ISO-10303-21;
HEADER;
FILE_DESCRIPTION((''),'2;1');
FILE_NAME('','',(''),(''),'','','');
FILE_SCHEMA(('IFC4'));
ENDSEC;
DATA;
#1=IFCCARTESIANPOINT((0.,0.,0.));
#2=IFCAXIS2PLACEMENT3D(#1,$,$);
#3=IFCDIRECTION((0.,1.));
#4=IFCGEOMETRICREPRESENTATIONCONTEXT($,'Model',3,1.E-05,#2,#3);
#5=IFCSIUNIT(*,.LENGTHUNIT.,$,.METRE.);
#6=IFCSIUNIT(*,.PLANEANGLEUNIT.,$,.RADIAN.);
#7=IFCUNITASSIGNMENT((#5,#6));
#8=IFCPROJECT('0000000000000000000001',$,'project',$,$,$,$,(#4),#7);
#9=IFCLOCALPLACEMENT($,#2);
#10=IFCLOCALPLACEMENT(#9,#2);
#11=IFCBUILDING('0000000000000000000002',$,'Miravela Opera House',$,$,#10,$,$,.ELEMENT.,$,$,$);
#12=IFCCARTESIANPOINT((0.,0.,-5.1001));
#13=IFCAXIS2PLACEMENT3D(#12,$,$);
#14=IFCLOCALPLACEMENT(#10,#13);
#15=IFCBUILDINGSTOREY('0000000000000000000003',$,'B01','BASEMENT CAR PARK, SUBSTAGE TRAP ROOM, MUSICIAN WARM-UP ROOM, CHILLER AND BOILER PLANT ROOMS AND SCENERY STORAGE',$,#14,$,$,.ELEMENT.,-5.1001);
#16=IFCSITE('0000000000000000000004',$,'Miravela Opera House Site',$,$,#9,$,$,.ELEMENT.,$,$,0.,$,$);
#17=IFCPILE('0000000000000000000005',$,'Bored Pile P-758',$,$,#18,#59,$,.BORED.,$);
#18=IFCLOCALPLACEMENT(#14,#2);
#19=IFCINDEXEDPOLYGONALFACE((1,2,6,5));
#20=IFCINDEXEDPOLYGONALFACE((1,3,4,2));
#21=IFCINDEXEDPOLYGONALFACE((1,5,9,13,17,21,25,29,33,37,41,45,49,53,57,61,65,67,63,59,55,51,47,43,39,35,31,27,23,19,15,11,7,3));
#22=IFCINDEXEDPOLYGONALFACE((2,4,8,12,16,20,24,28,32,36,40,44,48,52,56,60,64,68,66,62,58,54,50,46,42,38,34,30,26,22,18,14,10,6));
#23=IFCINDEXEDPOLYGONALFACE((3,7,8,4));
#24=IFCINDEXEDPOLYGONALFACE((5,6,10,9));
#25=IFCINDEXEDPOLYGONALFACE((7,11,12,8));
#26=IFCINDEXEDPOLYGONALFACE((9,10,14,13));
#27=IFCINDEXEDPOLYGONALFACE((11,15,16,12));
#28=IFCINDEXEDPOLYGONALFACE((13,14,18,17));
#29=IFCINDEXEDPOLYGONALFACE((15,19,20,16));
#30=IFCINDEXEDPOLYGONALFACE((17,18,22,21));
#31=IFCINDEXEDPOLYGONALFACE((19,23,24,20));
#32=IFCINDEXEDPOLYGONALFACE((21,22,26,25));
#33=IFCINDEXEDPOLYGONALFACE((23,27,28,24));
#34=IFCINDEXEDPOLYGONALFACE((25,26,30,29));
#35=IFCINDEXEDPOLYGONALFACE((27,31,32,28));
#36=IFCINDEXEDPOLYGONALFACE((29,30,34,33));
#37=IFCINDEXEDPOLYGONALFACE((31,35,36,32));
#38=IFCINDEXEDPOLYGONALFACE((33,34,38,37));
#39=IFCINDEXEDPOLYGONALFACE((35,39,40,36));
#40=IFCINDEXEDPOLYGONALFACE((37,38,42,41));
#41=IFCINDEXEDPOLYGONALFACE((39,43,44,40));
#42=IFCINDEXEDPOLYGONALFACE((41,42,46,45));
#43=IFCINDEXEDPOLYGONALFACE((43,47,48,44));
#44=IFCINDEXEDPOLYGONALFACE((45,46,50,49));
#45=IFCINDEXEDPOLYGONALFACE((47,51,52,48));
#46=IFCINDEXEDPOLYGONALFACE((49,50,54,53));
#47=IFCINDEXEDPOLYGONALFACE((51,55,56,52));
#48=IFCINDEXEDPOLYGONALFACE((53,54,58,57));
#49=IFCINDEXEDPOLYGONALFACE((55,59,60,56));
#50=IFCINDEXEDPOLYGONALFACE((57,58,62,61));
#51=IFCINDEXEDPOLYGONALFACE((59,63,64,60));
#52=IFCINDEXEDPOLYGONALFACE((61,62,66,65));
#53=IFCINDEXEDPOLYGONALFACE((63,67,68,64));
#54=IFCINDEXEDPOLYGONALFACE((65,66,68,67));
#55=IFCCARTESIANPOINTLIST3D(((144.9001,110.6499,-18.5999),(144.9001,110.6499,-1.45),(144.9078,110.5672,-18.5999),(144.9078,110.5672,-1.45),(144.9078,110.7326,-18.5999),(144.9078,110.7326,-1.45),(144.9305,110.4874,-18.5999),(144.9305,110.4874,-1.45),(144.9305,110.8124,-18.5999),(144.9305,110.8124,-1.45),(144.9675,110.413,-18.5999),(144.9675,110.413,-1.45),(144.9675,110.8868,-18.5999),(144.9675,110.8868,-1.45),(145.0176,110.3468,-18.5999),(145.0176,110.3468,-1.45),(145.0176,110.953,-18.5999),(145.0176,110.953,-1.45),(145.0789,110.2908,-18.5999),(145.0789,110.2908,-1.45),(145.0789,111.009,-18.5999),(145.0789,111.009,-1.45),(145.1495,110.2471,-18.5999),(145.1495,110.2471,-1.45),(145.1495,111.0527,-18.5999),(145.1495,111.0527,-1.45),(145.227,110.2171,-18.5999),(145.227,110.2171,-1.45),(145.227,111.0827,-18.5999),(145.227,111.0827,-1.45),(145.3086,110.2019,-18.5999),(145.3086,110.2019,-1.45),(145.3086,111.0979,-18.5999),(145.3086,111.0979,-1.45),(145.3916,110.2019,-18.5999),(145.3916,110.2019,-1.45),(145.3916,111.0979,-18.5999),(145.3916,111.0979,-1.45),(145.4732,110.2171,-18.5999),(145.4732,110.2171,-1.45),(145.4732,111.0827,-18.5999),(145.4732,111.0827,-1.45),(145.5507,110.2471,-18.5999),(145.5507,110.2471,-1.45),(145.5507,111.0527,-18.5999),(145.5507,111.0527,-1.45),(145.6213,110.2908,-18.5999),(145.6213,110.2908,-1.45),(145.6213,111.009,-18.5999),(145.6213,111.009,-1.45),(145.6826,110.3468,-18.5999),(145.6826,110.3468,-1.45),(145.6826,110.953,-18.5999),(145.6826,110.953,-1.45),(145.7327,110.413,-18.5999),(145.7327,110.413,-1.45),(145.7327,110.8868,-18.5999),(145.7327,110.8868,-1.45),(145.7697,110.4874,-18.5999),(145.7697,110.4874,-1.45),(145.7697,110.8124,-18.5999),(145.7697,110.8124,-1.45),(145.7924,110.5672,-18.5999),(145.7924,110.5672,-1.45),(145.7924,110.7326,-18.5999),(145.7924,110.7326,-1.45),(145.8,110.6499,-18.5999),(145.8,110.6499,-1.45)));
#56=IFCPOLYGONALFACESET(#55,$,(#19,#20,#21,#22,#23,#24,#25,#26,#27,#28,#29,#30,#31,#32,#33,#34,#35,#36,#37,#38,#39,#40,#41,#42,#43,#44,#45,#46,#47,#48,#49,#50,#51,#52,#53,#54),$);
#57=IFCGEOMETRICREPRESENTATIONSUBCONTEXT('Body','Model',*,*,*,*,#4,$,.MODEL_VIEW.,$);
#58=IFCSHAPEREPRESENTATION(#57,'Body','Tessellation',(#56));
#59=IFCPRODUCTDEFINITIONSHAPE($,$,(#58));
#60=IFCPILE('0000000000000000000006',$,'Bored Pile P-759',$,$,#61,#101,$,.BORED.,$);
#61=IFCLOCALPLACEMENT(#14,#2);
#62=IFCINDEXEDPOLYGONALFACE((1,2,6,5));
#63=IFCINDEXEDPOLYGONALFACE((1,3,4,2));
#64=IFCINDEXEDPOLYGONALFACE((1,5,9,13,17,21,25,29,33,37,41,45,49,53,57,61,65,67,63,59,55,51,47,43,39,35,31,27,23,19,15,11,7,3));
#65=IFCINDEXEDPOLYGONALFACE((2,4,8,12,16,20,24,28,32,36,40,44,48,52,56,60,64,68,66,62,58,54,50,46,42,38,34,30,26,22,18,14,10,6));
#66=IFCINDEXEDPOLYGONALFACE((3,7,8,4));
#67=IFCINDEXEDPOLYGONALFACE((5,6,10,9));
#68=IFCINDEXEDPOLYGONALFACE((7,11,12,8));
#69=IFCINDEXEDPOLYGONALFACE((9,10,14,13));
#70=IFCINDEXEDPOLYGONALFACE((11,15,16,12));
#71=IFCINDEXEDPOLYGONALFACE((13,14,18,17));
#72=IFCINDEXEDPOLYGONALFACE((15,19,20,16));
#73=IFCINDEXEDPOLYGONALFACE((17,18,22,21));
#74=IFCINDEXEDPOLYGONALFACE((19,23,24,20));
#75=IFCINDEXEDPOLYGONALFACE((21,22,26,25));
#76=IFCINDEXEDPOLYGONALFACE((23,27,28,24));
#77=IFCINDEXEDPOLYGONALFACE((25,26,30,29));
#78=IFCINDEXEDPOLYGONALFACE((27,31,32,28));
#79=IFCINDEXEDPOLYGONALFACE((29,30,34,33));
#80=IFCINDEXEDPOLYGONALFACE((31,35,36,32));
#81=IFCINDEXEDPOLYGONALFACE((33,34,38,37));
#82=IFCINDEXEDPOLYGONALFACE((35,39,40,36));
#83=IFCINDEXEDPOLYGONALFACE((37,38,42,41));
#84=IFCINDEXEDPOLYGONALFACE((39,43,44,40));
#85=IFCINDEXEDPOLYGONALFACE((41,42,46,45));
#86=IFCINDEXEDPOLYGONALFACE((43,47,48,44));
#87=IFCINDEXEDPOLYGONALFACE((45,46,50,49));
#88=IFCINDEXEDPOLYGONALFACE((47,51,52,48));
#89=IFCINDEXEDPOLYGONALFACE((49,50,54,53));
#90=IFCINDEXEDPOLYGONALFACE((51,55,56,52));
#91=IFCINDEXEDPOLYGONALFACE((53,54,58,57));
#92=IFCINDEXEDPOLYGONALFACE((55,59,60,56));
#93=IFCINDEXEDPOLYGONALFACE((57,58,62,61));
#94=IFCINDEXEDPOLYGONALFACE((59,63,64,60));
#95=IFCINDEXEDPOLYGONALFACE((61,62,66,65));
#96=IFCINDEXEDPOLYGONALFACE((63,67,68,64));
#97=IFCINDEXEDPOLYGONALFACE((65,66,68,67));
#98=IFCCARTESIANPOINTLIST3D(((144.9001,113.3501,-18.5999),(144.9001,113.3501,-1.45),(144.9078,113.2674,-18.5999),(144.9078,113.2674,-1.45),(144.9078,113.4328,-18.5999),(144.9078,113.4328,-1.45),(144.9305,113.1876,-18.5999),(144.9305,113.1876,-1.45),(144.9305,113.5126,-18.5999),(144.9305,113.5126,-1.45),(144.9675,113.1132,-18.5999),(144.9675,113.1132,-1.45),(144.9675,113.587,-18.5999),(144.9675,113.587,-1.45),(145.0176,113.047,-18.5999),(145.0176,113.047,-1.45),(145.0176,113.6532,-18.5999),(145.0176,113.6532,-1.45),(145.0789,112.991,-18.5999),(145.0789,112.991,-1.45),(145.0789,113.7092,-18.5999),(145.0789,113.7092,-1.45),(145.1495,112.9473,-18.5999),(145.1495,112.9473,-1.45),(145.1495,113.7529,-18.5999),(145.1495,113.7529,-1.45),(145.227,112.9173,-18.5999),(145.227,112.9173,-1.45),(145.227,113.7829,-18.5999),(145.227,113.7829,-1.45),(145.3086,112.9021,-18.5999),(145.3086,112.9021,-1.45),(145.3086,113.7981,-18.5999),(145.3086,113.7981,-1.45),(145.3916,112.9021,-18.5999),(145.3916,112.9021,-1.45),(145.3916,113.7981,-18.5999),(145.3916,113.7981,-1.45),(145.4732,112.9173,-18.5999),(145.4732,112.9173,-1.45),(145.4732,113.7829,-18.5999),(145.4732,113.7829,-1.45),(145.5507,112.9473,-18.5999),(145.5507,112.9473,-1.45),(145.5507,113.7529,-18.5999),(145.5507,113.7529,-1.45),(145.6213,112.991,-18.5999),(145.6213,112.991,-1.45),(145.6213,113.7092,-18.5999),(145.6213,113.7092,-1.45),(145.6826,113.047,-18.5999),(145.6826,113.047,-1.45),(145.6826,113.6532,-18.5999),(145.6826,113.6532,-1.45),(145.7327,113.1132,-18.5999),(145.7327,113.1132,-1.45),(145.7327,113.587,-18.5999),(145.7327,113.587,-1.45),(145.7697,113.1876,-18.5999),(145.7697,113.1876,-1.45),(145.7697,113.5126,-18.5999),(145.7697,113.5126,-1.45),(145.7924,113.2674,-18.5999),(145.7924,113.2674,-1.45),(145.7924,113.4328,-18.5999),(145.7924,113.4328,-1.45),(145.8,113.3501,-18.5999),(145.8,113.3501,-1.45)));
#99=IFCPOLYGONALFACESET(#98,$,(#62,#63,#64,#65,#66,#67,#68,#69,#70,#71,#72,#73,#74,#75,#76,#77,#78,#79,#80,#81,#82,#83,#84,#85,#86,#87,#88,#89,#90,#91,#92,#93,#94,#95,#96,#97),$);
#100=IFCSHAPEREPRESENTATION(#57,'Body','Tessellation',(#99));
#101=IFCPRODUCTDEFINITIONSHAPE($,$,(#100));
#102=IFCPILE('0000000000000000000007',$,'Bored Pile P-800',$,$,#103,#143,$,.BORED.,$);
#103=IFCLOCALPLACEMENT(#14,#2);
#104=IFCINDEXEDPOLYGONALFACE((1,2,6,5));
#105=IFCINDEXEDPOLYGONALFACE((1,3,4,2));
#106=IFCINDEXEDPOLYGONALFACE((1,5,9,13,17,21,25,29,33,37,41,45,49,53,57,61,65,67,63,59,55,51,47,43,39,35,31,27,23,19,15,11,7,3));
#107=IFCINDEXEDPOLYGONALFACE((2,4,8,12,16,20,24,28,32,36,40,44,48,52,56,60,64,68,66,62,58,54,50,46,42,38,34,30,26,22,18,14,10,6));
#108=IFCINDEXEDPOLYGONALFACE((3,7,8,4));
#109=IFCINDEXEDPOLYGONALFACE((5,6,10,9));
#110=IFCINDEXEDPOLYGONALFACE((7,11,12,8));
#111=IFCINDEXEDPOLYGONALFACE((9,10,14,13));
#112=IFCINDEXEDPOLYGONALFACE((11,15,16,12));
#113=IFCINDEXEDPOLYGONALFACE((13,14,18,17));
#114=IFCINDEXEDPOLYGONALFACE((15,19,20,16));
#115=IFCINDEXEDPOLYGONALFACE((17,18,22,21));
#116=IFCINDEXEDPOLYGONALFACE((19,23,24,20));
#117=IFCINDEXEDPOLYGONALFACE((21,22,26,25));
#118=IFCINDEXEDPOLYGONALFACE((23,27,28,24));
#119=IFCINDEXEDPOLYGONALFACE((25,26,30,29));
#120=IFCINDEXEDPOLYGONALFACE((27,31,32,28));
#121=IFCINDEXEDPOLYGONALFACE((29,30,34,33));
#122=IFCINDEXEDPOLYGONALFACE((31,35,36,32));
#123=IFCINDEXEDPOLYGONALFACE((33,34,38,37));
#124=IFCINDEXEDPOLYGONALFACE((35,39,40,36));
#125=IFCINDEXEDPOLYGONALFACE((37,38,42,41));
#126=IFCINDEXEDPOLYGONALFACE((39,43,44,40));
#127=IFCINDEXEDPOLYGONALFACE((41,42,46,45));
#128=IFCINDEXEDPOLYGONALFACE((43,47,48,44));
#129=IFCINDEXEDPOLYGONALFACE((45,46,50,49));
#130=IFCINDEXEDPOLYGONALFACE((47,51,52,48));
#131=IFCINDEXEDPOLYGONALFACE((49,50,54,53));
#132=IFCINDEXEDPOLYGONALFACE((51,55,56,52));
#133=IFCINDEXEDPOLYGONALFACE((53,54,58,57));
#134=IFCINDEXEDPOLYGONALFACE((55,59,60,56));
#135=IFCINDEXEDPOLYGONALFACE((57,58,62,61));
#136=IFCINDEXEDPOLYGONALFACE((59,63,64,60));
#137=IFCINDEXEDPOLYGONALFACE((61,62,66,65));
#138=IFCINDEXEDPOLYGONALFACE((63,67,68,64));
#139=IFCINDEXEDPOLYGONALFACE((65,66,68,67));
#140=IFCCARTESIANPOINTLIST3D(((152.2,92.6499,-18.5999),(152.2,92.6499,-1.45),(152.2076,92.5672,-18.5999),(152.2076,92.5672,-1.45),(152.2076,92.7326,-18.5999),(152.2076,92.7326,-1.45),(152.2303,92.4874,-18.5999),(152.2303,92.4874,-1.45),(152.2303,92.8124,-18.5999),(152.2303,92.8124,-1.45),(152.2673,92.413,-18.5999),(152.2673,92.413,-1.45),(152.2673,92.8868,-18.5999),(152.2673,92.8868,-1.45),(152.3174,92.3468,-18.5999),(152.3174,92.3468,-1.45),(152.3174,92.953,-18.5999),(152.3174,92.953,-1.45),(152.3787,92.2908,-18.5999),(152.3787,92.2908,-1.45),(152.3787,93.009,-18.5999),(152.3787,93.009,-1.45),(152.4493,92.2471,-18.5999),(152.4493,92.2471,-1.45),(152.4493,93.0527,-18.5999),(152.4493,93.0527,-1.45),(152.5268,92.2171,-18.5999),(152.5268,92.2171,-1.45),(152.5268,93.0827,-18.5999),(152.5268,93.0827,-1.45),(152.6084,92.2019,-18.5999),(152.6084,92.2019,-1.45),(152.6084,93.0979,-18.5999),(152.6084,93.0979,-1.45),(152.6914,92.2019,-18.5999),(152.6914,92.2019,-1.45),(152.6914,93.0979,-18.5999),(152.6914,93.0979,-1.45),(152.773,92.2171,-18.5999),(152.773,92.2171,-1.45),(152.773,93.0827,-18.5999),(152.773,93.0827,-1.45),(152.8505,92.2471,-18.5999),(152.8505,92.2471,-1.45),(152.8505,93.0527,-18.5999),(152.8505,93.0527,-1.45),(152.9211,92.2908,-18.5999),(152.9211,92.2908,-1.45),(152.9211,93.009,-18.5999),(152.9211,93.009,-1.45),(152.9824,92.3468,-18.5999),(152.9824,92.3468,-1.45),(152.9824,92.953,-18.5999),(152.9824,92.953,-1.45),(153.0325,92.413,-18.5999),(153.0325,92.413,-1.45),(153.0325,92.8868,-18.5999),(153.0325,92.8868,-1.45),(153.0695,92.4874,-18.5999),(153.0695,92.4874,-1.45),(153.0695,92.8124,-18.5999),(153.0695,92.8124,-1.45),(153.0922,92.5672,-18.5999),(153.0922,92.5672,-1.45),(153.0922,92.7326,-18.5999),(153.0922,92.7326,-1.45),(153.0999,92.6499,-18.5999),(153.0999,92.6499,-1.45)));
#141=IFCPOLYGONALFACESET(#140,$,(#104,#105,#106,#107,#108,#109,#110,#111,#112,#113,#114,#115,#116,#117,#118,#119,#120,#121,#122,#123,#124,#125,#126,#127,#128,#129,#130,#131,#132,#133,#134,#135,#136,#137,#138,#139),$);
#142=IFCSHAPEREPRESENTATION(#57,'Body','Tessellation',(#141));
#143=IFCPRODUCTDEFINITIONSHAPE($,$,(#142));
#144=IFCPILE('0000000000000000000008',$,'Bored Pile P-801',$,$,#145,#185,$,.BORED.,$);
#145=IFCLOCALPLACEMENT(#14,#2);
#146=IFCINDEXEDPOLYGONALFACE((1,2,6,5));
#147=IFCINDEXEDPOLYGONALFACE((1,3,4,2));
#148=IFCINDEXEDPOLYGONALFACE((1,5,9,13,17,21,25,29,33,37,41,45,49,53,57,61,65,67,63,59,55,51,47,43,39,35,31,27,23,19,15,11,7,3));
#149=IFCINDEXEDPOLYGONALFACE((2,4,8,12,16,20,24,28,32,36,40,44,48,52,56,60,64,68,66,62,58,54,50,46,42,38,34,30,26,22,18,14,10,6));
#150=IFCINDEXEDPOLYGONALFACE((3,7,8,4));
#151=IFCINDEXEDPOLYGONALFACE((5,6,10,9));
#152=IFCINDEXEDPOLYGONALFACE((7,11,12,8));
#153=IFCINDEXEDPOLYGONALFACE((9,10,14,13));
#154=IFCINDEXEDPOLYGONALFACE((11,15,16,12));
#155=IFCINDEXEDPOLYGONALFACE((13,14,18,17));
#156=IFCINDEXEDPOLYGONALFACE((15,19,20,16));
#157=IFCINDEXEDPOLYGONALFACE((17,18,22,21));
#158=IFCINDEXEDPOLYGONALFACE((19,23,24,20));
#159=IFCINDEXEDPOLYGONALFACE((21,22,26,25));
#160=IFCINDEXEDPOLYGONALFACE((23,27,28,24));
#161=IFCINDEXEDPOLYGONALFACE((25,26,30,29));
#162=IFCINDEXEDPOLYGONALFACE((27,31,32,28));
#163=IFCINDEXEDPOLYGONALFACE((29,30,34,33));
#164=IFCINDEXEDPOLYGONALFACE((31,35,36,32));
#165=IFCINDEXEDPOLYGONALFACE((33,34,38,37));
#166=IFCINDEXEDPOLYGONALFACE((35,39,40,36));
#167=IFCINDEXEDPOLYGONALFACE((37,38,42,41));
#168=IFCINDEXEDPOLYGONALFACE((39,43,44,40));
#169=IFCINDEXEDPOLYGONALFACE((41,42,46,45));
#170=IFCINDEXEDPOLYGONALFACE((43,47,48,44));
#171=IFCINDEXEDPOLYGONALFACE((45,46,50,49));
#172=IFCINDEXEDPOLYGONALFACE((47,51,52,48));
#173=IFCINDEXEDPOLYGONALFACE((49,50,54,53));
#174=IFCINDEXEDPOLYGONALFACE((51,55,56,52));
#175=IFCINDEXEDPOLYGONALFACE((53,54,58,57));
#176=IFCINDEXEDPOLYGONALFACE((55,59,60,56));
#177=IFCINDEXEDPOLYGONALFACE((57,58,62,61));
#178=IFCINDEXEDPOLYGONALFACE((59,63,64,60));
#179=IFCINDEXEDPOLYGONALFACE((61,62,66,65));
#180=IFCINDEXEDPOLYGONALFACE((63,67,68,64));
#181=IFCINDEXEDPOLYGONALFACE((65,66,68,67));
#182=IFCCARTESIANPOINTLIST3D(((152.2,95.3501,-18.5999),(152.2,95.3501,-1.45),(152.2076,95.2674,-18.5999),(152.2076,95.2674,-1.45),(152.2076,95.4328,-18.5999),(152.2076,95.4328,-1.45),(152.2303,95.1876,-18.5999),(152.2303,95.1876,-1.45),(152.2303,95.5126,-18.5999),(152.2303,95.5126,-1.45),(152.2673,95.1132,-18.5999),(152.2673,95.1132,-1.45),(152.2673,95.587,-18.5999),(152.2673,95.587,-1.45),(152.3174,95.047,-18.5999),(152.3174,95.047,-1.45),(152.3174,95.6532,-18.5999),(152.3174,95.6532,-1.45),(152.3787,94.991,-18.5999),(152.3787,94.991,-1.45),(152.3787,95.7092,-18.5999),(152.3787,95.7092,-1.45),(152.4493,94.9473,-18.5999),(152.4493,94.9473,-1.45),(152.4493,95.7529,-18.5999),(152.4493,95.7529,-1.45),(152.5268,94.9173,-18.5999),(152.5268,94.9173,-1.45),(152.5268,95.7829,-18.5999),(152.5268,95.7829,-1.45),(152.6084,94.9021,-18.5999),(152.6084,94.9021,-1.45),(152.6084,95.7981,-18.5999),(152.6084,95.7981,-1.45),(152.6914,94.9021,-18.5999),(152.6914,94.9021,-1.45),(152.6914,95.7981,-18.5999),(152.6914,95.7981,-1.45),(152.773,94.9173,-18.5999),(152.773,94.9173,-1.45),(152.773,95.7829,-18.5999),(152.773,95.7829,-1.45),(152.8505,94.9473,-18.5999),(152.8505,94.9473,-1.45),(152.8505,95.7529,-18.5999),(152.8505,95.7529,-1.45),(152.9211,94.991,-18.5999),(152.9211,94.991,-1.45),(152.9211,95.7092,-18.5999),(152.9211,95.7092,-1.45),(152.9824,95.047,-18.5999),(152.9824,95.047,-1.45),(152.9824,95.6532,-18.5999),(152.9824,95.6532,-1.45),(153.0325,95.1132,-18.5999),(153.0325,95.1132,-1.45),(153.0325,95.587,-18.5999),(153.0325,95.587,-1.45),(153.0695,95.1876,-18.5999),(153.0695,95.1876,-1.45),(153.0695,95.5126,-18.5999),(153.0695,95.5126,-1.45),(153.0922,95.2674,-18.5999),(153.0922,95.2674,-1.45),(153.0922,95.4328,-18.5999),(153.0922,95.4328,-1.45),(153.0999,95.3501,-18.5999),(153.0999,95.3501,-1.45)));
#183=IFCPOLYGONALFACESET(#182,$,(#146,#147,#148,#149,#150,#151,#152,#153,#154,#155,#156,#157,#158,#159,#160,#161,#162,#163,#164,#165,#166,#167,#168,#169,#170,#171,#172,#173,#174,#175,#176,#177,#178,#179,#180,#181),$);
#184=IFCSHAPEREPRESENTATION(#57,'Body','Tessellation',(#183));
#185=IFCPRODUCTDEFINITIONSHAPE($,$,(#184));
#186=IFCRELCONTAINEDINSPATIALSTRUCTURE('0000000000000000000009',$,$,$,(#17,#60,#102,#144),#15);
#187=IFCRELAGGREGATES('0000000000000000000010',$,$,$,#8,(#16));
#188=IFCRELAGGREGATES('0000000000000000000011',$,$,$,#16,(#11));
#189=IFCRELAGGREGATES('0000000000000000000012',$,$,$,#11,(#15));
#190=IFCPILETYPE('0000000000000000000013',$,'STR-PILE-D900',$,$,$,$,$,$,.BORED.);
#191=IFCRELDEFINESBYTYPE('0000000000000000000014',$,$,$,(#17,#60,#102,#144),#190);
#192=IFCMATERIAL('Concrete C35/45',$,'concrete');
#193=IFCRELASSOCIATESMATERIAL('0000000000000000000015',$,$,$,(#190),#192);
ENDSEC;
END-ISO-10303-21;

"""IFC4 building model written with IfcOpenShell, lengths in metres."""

from ifc_helpers import new_model, si_unit, direction, frame, origin, origin_2d, place, context, subcontext, project, spatial, circle, extrude, material, material_profile, profile_set, type_object, element, save


model = new_model("IFC4")

# Units and contexts
model_context = context("Model", 3, precision=1e-05, world=origin(), true_north=direction((0.0, 1.0)))
body_context = subcontext(model_context, "Body", "Model", "MODEL_VIEW")
ifc_project = project(units=[si_unit("LENGTHUNIT", "METRE"), si_unit("PLANEANGLEUNIT", "RADIAN")], contexts=[model_context])

# Site, building, storey
site_placement = place(None, origin())
site = spatial("IfcSite", under=ifc_project, at=site_placement, Name="Miravela Opera House Site", CompositionType="ELEMENT", RefElevation=0.0)
building_placement = place(site_placement, origin())
building = spatial("IfcBuilding", under=site, at=building_placement, Name="Miravela Opera House", CompositionType="ELEMENT")
storey_placement = place(building_placement, frame((0.0, 0.0, -5.1001)))
storey = spatial("IfcBuildingStorey", under=building, at=storey_placement, Name="B01", Description="BASEMENT CAR PARK, SUBSTAGE TRAP ROOM, MUSICIAN WARM-UP ROOM, CHILLER AND BOILER PLANT ROOMS AND SCENERY STORAGE", CompositionType="ELEMENT", Elevation=-5.1001)

# Shared definitions
ifc_material_1 = material(Name="Concrete C35/45", Category="concrete")

# Piles
ifc_material_profile_1 = material_profile(ifc_material_1, circle(Radius=0.45, at=origin_2d()), Name="PILE-D900")
ifc_profile_set_1 = profile_set([ifc_material_profile_1])
pile_type = type_object("IfcPileType", Name="STR-PILE-D900", PredefinedType="BORED", material=ifc_profile_set_1)
for number, where, z_axis, x_axis, name in (
    (1, (145.3501, 110.6499, -1.45), (0.0, 0.0, -1.0), (1.0, 0.0, 0.0), "Bored Pile P-758"),
    (2, (145.3501, 113.3501, -1.45), (0.0, 0.0, -1.0), (1.0, 0.0, 0.0), "Bored Pile P-759"),
    (3, (152.6499, 92.6499, -1.45), (0.0, 0.0, -1.0), (1.0, 0.0, 0.0), "Bored Pile P-800"),
    (4, (152.6499, 95.3501, -1.45), (0.0, 0.0, -1.0), (1.0, 0.0, 0.0), "Bored Pile P-801"),
):
    element("IfcPile", number, at=place(storey_placement, frame(where, z_axis=z_axis, x_axis=x_axis)), inside=storey, type_object=pile_type, Name=name, PredefinedType="BORED", context=body_context, shape_type="SweptSolid", body=[
        extrude(circle(Radius=0.45, at=origin_2d()), origin(), (0.0, 0.0, 1.0), 17.1499),
    ])

save(model, "model.ifc")
